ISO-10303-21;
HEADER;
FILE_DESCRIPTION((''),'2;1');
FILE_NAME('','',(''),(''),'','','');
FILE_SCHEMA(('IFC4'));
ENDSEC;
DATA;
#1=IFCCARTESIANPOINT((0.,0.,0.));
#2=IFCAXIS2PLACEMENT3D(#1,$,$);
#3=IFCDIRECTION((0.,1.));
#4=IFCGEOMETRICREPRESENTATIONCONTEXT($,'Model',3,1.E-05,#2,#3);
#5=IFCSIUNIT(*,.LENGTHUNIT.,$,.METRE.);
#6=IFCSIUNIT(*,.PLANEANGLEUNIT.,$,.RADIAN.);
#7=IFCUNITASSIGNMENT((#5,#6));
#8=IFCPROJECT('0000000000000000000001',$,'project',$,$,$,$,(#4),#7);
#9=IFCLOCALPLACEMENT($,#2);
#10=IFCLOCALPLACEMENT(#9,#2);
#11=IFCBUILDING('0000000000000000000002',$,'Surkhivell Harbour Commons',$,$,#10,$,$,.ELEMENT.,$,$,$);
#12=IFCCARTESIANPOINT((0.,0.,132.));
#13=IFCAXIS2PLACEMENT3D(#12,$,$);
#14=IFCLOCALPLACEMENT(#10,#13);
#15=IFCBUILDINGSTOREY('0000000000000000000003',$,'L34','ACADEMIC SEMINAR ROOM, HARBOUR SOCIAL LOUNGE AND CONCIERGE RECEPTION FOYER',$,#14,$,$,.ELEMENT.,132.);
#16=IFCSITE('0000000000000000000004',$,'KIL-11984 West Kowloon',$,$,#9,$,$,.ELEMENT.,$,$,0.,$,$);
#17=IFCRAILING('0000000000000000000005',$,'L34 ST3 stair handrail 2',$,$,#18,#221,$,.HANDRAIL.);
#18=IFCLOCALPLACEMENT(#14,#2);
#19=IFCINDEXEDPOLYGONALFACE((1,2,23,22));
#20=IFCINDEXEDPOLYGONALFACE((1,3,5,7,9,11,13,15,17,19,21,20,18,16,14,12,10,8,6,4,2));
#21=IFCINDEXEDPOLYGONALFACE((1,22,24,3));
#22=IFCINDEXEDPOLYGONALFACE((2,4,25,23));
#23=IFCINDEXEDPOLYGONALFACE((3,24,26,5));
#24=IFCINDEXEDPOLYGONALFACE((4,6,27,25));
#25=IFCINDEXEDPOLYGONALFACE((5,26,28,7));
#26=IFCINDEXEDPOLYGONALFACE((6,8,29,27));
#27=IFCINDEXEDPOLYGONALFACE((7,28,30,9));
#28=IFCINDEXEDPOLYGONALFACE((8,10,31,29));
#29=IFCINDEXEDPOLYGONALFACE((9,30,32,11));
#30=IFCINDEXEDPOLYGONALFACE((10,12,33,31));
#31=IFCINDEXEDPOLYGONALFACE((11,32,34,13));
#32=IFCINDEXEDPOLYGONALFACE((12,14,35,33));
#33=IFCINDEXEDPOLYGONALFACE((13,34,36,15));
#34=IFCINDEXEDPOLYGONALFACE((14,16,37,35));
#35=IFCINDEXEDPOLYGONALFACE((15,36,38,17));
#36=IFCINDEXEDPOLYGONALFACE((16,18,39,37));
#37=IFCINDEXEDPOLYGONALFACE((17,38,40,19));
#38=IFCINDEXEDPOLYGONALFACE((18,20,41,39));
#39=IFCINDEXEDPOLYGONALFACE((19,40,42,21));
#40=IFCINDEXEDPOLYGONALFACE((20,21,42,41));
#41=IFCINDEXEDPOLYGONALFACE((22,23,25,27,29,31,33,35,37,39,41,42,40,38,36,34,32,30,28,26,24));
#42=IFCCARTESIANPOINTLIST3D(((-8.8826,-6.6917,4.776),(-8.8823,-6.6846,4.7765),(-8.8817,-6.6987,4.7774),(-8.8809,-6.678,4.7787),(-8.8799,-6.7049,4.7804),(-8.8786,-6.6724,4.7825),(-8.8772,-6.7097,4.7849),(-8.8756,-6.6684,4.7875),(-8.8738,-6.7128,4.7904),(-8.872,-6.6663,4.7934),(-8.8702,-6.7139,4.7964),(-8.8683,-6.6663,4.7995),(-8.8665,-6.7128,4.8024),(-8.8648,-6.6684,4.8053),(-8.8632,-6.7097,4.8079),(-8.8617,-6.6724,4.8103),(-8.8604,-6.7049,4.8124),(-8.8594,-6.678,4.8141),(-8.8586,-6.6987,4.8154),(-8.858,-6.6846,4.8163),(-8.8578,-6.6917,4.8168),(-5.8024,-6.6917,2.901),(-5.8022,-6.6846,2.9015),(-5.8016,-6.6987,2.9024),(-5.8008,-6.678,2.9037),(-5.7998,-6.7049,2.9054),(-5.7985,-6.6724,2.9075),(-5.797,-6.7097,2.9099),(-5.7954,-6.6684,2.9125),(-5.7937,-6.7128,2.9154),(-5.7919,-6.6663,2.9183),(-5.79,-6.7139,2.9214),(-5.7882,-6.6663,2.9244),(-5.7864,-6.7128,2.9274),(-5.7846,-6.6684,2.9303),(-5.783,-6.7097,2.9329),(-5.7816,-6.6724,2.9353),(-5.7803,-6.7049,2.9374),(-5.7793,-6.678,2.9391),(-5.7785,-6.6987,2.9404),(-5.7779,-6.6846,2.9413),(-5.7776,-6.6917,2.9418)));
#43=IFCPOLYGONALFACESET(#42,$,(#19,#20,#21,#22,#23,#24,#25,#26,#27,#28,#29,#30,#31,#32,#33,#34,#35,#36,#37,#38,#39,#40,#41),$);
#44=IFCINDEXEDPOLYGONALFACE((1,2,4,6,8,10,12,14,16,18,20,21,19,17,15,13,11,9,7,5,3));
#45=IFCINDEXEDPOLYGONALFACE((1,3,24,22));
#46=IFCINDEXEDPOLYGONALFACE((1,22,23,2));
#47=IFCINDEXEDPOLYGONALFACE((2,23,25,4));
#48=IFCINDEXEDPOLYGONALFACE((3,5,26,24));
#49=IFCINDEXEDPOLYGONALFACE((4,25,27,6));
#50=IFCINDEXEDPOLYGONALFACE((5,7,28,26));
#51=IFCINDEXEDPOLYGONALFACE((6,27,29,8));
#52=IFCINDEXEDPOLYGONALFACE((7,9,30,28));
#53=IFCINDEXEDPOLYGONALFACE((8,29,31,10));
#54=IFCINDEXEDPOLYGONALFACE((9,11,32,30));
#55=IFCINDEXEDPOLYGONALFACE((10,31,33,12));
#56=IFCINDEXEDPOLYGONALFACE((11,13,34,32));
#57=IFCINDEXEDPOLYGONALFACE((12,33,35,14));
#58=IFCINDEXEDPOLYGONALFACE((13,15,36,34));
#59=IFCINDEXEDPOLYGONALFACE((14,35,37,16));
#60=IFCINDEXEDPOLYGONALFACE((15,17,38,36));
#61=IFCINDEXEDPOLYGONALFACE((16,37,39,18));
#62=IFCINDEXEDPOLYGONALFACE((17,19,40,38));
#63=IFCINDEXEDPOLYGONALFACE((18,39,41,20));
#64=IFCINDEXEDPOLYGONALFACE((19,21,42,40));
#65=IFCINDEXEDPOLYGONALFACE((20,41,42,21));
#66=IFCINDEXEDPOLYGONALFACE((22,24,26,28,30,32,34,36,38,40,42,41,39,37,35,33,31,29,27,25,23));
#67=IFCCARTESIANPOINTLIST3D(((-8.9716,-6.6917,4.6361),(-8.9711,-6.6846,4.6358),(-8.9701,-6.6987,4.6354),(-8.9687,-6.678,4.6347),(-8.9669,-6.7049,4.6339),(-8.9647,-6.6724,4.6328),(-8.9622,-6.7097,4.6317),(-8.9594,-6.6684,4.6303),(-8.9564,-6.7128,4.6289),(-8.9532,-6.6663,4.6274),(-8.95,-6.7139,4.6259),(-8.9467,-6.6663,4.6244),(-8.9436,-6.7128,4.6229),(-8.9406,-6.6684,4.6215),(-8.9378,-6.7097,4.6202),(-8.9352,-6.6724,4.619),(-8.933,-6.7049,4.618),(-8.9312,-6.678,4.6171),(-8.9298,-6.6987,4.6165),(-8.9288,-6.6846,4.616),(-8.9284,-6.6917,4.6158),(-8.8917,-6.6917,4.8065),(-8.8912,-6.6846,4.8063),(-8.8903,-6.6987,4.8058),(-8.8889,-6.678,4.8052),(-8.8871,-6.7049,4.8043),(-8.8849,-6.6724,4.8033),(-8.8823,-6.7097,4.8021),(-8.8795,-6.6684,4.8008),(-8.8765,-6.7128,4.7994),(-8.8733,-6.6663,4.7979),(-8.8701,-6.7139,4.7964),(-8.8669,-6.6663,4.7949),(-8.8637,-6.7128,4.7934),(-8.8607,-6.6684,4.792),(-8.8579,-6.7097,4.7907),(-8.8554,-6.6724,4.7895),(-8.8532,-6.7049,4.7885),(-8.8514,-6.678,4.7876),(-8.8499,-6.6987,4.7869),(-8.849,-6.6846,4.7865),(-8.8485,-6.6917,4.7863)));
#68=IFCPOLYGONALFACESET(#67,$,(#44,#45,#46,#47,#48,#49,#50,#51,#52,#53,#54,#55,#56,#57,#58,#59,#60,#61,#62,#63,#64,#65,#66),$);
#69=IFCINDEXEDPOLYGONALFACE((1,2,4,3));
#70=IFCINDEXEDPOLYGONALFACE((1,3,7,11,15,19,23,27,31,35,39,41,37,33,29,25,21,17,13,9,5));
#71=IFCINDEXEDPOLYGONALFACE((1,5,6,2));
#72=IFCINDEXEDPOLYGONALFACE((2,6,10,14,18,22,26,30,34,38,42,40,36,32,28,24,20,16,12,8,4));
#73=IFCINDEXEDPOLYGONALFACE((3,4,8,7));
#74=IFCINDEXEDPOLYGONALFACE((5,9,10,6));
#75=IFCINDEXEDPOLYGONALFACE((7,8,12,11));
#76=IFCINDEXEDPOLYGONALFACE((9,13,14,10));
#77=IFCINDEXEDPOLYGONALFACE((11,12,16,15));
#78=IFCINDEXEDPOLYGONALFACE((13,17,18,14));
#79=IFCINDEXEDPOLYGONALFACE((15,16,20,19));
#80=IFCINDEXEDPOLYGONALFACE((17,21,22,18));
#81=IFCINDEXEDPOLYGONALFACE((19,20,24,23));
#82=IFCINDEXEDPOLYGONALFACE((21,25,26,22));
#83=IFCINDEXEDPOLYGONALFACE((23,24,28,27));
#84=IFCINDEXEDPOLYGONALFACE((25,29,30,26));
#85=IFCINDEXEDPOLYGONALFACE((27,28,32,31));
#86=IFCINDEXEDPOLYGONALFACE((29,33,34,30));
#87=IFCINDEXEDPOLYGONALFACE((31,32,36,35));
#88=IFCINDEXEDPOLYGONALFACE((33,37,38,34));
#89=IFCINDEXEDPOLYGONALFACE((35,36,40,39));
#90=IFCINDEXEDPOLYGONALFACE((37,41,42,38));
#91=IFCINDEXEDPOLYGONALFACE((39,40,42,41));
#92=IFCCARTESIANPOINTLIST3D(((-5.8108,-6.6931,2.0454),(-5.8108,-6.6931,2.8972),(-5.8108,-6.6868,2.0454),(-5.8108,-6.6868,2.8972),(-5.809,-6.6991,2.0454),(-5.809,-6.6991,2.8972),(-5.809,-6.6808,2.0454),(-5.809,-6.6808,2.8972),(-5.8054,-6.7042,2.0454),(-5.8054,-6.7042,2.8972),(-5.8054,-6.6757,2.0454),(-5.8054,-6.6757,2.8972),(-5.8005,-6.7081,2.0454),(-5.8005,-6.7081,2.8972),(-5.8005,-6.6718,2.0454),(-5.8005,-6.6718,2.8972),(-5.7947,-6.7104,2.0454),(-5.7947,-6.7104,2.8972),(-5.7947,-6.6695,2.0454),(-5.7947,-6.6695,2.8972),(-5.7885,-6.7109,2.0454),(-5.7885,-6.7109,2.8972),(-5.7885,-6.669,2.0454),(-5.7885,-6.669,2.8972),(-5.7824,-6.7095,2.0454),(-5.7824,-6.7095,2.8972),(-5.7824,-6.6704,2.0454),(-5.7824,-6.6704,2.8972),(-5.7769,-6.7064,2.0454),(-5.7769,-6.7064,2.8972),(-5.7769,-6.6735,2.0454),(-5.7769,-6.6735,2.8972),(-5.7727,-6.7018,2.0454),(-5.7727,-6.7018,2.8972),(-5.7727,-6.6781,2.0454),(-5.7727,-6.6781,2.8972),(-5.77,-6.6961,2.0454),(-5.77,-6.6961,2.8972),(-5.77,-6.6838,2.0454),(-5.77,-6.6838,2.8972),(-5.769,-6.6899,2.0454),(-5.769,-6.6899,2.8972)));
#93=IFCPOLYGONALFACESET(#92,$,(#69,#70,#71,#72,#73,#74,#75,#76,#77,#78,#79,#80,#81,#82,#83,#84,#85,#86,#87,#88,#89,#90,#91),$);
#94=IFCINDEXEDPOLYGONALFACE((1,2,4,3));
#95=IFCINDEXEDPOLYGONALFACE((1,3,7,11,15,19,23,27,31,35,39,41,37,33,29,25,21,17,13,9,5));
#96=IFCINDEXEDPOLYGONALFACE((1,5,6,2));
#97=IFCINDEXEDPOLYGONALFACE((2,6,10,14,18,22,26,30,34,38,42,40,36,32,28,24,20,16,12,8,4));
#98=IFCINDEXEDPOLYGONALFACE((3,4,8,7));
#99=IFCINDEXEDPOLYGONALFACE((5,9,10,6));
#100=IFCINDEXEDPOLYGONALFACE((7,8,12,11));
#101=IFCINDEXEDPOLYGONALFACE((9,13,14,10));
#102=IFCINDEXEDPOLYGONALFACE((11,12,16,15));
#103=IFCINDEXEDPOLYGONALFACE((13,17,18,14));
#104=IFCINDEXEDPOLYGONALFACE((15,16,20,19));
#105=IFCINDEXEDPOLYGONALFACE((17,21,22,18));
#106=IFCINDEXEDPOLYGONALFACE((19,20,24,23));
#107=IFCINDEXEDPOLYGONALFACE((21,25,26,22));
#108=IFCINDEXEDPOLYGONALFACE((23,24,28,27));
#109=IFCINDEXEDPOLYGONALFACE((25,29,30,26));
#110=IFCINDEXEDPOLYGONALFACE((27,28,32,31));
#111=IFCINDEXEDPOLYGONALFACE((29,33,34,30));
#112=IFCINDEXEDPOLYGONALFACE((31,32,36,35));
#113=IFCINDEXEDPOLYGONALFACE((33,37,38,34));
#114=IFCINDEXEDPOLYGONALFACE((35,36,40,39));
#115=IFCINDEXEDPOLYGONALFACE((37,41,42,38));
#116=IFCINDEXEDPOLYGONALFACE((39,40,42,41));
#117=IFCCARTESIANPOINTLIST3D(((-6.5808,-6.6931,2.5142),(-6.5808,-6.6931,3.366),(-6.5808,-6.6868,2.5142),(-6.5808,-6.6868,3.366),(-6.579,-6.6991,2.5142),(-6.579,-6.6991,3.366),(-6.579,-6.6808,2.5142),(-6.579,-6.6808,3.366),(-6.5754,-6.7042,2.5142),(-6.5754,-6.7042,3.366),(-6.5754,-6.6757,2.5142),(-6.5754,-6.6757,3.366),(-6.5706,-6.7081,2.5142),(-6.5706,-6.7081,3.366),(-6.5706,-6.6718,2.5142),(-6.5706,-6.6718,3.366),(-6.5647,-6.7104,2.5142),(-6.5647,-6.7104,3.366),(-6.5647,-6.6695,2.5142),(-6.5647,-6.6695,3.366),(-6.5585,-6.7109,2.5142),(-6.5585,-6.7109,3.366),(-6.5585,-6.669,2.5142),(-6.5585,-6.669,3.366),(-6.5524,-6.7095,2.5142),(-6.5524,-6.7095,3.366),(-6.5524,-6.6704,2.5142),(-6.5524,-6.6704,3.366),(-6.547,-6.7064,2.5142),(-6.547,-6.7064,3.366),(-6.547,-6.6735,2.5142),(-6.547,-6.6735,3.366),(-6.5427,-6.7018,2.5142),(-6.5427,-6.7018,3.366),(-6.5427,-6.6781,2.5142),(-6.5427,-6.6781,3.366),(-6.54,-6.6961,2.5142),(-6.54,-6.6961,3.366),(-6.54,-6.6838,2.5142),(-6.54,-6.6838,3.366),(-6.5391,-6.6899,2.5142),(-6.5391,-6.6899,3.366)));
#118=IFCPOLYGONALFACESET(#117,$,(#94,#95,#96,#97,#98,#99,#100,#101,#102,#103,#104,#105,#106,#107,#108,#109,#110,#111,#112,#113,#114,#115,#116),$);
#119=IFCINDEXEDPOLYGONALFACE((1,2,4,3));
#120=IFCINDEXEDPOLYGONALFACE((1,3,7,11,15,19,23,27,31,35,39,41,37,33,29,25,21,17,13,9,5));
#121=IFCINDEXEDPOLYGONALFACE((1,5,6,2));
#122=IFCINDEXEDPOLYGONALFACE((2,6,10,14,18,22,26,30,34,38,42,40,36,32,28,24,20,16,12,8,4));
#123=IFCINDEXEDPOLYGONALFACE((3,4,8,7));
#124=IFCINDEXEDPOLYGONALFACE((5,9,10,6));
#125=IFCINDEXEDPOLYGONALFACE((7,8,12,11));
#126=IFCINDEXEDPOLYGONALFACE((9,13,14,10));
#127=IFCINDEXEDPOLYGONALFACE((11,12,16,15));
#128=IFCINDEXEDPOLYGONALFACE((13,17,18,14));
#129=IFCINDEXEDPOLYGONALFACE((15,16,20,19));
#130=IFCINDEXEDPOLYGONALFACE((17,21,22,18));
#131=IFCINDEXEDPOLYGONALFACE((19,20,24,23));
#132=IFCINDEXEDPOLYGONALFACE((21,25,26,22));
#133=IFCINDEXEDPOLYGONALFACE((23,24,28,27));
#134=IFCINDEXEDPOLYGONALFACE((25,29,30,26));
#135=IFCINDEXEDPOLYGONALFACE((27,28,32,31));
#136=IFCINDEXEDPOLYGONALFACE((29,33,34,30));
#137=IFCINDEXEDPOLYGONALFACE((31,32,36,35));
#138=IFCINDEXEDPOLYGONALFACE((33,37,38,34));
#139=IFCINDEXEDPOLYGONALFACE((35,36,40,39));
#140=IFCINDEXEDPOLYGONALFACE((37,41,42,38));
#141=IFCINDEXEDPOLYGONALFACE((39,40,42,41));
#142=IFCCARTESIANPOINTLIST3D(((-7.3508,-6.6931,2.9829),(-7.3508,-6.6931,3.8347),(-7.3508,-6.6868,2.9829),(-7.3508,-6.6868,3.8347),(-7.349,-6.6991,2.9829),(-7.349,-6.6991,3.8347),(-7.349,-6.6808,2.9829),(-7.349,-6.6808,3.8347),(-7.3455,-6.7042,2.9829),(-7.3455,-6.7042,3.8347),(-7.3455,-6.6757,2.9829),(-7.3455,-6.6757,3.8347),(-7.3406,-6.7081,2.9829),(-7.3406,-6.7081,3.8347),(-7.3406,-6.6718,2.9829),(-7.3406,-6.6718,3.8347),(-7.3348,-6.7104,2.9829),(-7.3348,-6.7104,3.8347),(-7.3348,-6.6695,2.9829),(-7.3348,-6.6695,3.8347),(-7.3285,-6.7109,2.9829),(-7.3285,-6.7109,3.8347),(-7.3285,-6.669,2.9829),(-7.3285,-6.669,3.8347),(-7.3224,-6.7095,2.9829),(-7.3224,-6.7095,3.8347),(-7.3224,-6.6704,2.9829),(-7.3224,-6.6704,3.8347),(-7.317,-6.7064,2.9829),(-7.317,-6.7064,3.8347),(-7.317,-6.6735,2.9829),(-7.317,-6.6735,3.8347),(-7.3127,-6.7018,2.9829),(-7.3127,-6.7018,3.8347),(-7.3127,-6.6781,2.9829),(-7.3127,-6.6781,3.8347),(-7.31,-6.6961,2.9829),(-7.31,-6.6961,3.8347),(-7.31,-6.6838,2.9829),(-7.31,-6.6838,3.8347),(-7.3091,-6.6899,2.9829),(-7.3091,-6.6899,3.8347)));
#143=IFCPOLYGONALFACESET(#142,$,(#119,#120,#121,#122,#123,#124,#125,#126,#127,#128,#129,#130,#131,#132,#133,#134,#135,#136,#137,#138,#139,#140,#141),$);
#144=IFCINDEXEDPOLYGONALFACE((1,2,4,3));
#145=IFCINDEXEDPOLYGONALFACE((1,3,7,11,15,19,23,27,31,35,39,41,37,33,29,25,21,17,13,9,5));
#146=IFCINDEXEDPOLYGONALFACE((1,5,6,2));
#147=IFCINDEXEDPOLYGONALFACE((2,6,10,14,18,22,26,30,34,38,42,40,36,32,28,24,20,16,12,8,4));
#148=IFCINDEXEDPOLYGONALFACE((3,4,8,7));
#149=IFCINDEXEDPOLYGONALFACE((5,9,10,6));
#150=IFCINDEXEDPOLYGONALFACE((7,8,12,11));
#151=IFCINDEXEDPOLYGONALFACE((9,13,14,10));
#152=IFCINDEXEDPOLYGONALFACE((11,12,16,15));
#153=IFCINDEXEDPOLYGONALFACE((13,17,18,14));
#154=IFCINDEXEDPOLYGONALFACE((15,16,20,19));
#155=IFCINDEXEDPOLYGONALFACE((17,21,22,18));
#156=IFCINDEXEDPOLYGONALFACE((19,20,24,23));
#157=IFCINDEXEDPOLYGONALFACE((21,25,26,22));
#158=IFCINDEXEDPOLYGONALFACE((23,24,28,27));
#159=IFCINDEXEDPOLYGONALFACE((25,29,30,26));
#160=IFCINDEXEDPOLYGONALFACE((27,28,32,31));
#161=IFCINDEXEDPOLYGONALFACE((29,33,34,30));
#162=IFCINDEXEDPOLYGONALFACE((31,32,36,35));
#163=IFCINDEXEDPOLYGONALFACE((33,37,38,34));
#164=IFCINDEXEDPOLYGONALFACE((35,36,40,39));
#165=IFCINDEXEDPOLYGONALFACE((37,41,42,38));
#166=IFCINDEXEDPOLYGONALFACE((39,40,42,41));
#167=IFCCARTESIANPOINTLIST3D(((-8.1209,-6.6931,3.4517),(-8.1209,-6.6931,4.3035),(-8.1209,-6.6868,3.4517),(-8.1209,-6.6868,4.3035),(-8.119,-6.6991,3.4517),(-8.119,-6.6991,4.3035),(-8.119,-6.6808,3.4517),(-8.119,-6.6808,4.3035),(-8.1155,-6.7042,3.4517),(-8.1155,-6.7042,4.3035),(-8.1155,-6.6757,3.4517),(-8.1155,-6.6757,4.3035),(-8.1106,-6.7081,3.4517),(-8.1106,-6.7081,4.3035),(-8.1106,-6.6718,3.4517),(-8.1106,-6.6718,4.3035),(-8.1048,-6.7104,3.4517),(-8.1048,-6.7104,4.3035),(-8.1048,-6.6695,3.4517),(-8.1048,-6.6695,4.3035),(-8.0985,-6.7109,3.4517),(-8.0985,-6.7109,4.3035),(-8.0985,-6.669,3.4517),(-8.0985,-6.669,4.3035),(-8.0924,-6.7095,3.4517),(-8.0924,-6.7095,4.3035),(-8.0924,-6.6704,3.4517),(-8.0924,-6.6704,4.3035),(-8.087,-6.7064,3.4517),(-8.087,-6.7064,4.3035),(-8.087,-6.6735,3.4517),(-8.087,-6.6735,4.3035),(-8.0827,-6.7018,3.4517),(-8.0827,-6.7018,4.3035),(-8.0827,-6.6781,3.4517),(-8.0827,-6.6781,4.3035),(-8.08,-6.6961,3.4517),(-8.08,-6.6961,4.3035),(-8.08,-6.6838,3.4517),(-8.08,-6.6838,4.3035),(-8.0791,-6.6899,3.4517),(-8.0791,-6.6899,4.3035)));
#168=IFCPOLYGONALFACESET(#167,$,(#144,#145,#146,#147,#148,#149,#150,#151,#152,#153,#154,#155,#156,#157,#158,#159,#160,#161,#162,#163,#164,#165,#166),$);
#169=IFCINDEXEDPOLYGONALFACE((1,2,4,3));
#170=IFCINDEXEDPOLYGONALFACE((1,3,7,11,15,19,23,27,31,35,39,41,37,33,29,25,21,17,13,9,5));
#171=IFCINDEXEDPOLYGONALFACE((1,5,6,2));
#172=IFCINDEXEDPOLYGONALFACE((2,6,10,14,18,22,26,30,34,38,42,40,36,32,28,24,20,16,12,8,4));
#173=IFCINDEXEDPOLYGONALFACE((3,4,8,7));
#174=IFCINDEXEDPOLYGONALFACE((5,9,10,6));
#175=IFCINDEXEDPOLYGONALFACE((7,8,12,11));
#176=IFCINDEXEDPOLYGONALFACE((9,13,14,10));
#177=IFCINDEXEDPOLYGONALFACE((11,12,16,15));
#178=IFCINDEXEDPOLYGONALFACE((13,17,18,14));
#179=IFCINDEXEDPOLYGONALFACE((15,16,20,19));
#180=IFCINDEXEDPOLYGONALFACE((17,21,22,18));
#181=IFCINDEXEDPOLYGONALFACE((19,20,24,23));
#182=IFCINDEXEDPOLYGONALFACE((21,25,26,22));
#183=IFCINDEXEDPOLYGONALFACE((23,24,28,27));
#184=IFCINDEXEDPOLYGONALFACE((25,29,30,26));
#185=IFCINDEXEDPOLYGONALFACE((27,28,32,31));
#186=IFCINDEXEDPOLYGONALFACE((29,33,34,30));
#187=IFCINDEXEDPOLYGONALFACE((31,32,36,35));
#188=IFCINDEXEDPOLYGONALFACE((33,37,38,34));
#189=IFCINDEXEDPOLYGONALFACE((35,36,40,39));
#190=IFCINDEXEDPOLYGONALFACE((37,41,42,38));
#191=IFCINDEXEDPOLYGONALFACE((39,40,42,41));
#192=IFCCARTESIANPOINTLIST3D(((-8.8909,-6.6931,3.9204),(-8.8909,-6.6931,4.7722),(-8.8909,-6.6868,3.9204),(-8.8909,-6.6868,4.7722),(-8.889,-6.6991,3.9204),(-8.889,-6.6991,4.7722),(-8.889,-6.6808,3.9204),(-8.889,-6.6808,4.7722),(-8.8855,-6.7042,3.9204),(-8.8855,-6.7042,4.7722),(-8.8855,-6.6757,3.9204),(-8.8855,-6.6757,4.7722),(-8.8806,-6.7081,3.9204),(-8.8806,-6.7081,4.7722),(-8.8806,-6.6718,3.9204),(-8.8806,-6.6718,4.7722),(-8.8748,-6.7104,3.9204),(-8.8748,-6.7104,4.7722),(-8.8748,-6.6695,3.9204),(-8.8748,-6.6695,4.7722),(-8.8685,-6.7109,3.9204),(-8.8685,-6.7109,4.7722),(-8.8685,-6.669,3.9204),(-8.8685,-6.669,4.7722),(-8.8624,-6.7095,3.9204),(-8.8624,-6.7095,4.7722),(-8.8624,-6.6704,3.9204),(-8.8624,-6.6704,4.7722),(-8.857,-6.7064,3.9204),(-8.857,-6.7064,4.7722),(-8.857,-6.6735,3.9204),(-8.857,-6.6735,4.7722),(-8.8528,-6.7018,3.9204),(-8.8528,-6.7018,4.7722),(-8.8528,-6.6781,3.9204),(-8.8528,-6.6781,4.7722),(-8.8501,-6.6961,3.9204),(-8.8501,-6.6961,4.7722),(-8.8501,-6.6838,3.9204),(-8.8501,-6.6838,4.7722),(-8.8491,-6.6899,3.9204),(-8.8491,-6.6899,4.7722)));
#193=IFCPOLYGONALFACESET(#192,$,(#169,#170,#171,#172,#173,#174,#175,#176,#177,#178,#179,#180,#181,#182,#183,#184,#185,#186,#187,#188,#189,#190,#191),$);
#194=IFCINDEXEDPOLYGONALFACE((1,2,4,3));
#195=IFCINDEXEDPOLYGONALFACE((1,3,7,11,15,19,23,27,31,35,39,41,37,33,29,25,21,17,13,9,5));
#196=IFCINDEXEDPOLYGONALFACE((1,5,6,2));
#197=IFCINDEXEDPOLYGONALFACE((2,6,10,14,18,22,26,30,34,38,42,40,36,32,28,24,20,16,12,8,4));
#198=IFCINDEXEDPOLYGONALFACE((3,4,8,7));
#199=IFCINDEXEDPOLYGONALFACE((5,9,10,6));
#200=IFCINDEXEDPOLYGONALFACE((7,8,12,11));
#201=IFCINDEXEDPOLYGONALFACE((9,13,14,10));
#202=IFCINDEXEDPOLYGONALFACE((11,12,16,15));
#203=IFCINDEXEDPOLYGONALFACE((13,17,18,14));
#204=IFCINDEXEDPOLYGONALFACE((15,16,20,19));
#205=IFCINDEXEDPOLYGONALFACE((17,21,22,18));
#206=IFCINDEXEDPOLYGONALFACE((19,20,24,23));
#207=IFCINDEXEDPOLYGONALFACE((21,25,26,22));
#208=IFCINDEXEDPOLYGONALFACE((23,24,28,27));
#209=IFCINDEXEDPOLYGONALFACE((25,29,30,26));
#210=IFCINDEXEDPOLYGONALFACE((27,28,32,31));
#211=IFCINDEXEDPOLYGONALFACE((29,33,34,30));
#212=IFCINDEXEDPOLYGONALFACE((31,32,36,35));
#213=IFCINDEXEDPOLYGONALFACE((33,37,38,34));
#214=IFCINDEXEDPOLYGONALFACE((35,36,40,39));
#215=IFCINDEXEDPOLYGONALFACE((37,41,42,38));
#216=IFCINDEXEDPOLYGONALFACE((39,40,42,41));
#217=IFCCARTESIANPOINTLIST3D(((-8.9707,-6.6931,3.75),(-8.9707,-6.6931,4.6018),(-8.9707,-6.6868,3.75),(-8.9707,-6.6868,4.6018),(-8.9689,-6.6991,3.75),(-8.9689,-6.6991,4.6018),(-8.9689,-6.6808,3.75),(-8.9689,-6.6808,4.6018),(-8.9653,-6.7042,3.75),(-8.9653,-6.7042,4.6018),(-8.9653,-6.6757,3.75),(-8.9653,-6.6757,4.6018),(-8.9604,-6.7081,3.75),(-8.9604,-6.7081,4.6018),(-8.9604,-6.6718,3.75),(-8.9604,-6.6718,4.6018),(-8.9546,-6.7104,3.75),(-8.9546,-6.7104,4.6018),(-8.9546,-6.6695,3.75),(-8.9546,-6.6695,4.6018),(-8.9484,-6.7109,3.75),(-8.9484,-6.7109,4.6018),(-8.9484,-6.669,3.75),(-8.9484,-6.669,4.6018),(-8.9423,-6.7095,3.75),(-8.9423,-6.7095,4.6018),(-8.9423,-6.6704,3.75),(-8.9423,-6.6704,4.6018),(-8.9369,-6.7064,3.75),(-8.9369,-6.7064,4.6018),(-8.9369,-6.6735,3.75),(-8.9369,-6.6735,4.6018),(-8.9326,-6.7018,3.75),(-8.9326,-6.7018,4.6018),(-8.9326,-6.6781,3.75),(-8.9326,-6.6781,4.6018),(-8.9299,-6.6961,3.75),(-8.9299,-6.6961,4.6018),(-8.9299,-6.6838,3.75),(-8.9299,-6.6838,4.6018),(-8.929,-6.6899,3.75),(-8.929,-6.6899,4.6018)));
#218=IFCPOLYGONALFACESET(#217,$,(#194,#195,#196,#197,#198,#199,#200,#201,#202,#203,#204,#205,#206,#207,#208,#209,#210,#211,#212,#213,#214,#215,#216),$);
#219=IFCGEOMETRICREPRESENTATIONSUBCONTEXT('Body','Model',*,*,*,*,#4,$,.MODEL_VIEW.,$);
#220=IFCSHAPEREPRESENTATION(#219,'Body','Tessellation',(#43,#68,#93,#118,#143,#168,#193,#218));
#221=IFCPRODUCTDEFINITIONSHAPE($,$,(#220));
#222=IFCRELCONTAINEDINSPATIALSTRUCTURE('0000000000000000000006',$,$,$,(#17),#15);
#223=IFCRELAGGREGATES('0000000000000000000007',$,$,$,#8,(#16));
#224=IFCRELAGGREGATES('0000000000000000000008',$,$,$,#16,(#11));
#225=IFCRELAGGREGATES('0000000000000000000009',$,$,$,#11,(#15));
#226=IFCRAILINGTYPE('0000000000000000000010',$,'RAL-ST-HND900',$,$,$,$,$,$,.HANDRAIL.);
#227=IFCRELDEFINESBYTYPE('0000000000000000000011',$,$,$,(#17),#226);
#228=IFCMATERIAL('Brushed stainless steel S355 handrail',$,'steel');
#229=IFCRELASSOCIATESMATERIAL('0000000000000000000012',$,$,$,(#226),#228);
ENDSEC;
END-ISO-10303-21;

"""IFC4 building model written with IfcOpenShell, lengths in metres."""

from ifc_helpers import new_model, si_unit, direction, frame, origin, origin_2d, place, context, subcontext, project, spatial, circle, extrude, material, type_object, element, save


model = new_model("IFC4")

# Units and contexts
model_context = context("Model", 3, precision=1e-05, world=origin(), true_north=direction((0.0, 1.0)))
body_context = subcontext(model_context, "Body", "Model", "MODEL_VIEW")
ifc_project = project(units=[si_unit("LENGTHUNIT", "METRE"), si_unit("PLANEANGLEUNIT", "RADIAN")], contexts=[model_context])

# Site, building, storey
site_placement = place(None, origin())
site = spatial("IfcSite", under=ifc_project, at=site_placement, Name="KIL-11984 West Kowloon", CompositionType="ELEMENT", RefElevation=0.0)
building_placement = place(site_placement, origin())
building = spatial("IfcBuilding", under=site, at=building_placement, Name="Surkhivell Harbour Commons", CompositionType="ELEMENT")
storey_placement = place(building_placement, frame((0.0, 0.0, 132.0)))
storey = spatial("IfcBuildingStorey", under=building, at=storey_placement, Name="L34", Description="ACADEMIC SEMINAR ROOM, HARBOUR SOCIAL LOUNGE AND CONCIERGE RECEPTION FOYER", CompositionType="ELEMENT", Elevation=132.0)

# Railing
ifc_material_1 = material(Name="Brushed stainless steel S355 handrail", Category="steel")
railing_type_1 = type_object("IfcRailingType", Name="RAL-ST-HND900", PredefinedType="HANDRAIL", material=ifc_material_1)
railing_1_placement = place(storey_placement, frame((-5.79, -6.6899, 2.0454)))
element("IfcRailing", 1, at=railing_1_placement, inside=storey, type_object=railing_type_1, Name="L34 ST3 stair handrail 2", PredefinedType="HANDRAIL", context=body_context, shape_type="SweptSolid", body=[
    extrude(circle(Radius=0.0239, at=origin_2d()), frame((0.0, 0.0, 0.876), z_axis=(-0.854178, 0.0, 0.519981), x_axis=(0.0, -1.0, 0.0)), (0.0, 0.0, 1.0), 3.606),
    extrude(circle(Radius=0.0239, at=origin_2d()), frame((-3.0801, 0.0, 2.751), z_axis=(-0.424234, 0.0, -0.905552), x_axis=(0.0, -1.0, 0.0)), (0.0, 0.0, 1.0), 0.1882),
    extrude(circle(Radius=0.021, at=origin_2d()), origin(), (0.0, 0.0, 1.0), 0.8518),
    extrude(circle(Radius=0.021, at=origin_2d()), frame((-0.77, 0.0, 0.4688)), (0.0, 0.0, 1.0), 0.8518),
    extrude(circle(Radius=0.021, at=origin_2d()), frame((-1.54, 0.0, 0.9375)), (0.0, 0.0, 1.0), 0.8518),
    extrude(circle(Radius=0.021, at=origin_2d()), frame((-2.3101, 0.0, 1.4062)), (0.0, 0.0, 1.0), 0.8518),
    extrude(circle(Radius=0.021, at=origin_2d()), frame((-3.0801, 0.0, 1.875)), (0.0, 0.0, 1.0), 0.8518),
    extrude(circle(Radius=0.021, at=origin_2d()), frame((-3.1599, 0.0, 1.7046)), (0.0, 0.0, 1.0), 0.8518),
])

save(model, "model.ifc")
